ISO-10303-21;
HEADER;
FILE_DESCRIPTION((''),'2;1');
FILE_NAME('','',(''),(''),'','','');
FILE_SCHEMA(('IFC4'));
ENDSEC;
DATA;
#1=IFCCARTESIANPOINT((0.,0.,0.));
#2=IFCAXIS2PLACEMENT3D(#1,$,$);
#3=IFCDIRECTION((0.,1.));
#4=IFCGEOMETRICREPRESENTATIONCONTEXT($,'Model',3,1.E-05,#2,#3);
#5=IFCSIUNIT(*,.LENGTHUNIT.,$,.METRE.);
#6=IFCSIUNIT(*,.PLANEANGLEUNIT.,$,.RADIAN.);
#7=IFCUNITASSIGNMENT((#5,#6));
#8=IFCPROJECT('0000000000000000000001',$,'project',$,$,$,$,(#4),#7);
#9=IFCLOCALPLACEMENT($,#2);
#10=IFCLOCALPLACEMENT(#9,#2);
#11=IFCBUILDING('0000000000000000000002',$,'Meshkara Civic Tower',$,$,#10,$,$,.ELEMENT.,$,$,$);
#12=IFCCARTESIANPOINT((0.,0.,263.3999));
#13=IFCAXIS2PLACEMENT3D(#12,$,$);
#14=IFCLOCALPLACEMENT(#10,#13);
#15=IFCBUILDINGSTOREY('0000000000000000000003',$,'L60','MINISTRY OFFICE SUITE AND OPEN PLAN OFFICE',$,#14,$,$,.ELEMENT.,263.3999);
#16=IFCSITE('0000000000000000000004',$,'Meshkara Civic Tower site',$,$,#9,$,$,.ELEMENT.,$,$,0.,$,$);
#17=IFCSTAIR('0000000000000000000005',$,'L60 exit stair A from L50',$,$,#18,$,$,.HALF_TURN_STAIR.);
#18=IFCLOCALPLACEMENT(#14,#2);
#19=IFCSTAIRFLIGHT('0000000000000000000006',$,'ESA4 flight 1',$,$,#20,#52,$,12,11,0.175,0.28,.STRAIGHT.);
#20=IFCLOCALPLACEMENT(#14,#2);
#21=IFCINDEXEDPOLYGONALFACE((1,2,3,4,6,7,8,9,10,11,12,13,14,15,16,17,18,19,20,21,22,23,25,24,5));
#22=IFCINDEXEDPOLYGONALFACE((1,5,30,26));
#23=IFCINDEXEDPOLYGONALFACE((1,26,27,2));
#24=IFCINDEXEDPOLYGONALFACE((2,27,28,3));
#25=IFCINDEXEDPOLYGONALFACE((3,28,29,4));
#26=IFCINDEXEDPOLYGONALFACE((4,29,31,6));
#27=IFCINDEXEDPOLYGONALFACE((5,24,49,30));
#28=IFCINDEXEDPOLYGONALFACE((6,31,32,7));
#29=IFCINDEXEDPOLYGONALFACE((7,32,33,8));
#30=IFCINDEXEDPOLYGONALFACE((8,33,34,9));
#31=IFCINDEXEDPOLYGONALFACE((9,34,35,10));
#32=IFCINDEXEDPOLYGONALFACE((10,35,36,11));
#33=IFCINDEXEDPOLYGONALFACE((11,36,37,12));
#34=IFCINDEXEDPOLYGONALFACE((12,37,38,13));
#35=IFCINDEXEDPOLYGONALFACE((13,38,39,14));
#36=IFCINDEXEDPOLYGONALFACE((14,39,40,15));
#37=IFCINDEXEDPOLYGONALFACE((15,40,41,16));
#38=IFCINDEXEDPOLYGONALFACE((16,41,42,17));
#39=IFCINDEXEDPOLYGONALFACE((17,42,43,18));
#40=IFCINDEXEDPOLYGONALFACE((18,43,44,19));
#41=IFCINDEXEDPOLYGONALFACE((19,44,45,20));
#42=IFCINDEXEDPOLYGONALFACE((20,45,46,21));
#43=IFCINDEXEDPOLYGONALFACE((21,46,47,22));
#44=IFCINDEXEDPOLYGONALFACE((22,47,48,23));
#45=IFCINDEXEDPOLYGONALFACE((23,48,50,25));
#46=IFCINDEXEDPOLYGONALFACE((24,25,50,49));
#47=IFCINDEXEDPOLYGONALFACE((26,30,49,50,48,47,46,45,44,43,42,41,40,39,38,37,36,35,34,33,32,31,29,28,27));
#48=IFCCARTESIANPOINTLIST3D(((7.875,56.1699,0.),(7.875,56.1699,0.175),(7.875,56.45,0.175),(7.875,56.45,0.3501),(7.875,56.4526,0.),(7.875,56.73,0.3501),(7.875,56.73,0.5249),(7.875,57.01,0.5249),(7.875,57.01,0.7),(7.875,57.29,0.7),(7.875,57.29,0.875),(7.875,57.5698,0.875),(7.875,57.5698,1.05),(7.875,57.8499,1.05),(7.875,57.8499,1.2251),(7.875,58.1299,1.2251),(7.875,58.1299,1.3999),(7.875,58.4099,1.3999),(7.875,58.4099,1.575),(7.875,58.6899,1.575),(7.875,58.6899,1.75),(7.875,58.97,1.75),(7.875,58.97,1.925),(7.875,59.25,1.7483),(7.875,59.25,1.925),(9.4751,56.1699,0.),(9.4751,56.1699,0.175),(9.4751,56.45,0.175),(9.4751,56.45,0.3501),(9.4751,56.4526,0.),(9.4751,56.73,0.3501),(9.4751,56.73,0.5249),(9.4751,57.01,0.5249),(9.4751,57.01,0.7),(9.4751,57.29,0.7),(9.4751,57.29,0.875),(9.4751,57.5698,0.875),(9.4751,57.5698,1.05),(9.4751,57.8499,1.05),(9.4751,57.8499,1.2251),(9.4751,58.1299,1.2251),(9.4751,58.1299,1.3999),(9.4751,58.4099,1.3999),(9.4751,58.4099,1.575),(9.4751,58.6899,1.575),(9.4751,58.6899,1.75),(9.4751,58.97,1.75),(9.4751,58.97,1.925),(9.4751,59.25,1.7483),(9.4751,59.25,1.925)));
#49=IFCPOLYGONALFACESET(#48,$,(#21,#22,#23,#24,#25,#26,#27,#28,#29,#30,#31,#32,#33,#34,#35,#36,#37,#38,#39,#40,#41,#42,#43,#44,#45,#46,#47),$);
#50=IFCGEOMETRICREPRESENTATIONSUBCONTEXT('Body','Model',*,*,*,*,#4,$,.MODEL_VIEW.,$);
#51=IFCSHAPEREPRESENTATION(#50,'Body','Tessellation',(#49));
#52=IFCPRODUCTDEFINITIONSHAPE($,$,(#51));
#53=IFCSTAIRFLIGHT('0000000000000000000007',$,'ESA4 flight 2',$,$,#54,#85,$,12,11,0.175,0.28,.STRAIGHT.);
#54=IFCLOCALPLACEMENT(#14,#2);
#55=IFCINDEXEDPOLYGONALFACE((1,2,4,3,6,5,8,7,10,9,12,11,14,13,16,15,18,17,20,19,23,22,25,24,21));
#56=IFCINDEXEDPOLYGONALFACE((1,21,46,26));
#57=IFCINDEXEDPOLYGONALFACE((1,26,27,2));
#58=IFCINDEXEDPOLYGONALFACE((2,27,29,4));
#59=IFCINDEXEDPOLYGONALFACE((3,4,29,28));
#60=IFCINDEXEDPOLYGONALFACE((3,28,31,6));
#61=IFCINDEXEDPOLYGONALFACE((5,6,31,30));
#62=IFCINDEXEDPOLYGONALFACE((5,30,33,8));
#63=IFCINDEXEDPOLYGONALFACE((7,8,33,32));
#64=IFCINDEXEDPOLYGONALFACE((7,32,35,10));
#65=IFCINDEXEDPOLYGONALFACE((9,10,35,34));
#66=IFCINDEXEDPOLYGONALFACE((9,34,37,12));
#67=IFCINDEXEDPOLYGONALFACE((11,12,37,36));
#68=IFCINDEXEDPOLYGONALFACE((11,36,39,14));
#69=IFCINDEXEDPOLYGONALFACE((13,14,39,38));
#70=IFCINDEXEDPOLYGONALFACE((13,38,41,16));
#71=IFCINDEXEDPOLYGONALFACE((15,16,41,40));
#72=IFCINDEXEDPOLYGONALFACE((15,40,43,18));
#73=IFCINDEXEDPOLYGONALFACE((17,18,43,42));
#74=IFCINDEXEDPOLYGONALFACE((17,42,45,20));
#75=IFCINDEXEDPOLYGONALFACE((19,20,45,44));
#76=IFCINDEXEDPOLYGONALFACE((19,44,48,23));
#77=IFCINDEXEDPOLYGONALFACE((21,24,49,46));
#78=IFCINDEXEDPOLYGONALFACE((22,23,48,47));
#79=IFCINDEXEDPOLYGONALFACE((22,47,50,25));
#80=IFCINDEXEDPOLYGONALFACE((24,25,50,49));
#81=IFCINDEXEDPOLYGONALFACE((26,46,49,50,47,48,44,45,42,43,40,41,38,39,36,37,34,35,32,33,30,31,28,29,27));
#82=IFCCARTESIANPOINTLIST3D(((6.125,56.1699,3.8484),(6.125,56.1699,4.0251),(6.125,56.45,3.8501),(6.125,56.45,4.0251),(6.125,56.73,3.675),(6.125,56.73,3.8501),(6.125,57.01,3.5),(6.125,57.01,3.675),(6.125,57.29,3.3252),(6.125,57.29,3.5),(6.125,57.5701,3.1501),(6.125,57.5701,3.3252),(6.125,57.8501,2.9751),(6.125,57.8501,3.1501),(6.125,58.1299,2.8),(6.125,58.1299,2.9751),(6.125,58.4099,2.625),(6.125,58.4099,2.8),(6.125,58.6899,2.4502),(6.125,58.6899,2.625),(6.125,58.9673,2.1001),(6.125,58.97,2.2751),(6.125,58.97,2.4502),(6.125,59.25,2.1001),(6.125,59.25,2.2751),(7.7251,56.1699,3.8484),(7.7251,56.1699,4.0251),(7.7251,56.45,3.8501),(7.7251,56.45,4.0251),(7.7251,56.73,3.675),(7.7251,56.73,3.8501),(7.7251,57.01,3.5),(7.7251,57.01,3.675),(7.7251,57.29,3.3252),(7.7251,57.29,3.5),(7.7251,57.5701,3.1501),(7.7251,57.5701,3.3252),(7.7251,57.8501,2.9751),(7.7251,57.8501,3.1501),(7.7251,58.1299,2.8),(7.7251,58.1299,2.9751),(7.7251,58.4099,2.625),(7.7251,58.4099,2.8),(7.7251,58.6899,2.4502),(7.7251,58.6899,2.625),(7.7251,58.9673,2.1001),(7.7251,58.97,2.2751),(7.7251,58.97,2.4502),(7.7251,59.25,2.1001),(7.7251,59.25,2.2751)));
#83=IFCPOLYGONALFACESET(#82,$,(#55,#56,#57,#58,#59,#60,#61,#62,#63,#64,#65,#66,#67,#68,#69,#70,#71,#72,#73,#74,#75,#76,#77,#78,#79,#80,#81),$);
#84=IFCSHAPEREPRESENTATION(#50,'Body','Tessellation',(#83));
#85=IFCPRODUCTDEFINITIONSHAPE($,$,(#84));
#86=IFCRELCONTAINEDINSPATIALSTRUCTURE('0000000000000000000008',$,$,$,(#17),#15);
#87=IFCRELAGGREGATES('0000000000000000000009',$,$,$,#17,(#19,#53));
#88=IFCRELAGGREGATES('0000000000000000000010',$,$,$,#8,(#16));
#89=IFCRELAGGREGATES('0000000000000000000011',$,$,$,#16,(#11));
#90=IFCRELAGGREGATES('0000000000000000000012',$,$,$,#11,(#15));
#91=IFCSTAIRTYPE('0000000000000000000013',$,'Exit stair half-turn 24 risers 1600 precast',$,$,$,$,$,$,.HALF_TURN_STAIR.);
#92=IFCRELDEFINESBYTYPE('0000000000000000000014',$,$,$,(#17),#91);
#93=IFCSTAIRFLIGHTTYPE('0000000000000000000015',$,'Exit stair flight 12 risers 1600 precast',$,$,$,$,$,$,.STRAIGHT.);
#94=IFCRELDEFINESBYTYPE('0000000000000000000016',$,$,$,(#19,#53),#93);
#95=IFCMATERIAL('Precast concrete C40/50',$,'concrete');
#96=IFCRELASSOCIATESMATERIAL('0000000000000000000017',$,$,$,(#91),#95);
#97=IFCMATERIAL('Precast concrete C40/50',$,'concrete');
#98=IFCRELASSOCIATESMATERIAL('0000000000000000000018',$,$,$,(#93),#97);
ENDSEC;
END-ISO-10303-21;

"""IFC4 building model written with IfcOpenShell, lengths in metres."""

from ifc_helpers import new_model, si_unit, direction, frame, origin, place, context, subcontext, project, spatial, polyline, outline, extrude, material, type_object, element, aggregate, save


model = new_model("IFC4")

# Units and contexts
model_context = context("Model", 3, precision=1e-05, world=origin(), true_north=direction((0.0, 1.0)))
body_context = subcontext(model_context, "Body", "Model", "MODEL_VIEW")
ifc_project = project(units=[si_unit("LENGTHUNIT", "METRE"), si_unit("PLANEANGLEUNIT", "RADIAN")], contexts=[model_context])

# Site, building, storey
site_placement = place(None, origin())
site = spatial("IfcSite", under=ifc_project, at=site_placement, Name="Meshkara Civic Tower site", CompositionType="ELEMENT", RefElevation=0.0)
building_placement = place(site_placement, origin())
building = spatial("IfcBuilding", under=site, at=building_placement, Name="Meshkara Civic Tower", CompositionType="ELEMENT")
storey_placement = place(building_placement, frame((0.0, 0.0, 263.3999)))
storey = spatial("IfcBuildingStorey", under=building, at=storey_placement, Name="L60", Description="MINISTRY OFFICE SUITE AND OPEN PLAN OFFICE", CompositionType="ELEMENT", Elevation=263.3999)

# Stair, stair flights
ifc_material_1 = material(Name="Precast concrete C40/50", Category="concrete")
stair_type = type_object("IfcStairType", Name="Exit stair half-turn 24 risers 1600 precast", PredefinedType="HALF_TURN_STAIR", material=ifc_material_1)
stair_placement = place(storey_placement, origin())
stair = element("IfcStair", 1, at=stair_placement, inside=storey, type_object=stair_type, Name="L60 exit stair A from L50", PredefinedType="HALF_TURN_STAIR")
ifc_material_2 = material(Name="Precast concrete C40/50", Category="concrete")
stair_flight_type = type_object("IfcStairFlightType", Name="Exit stair flight 12 risers 1600 precast", PredefinedType="STRAIGHT", material=ifc_material_2)
stair_flight_1_placement = place(storey_placement, frame((8.675, 56.1699, 0.0), z_axis=(0.0, 0.0, 1.0), x_axis=(0.0, 1.0, 0.0)))
stair_flight_1 = element("IfcStairFlight", 2, at=stair_flight_1_placement, type_object=stair_flight_type, Name="ESA4 flight 1", NumberOfRisers=12, NumberOfTreads=11, PredefinedType="STRAIGHT", RiserHeight=0.175, TreadLength=0.28, context=body_context, shape_type="SweptSolid", body=[
    extrude(outline(polyline([(0.0, 0.0), (0.0, 0.175), (0.28, 0.175), (0.28, 0.3501), (0.5601, 0.3501), (0.5601, 0.5249), (0.8401, 0.5249), (0.8401, 0.7), (1.1201, 0.7), (1.1201, 0.875), (1.3999, 0.875), (1.3999, 1.05), (1.6799, 1.05), (1.6799, 1.2251), (1.96, 1.2251), (1.96, 1.3999), (2.24, 1.3999), (2.24, 1.575), (2.52, 1.575), (2.52, 1.75), (2.8, 1.75), (2.8, 1.925), (3.0801, 1.925), (3.0801, 2.1001), (3.0801, 1.7483), (0.2827, 0.0), (0.0, 0.0)])), frame((0.0, 0.8, 0.0), z_axis=(0.0, -1.0, 0.0), x_axis=(1.0, 0.0, 0.0)), (0.0, 0.0, 1.0), 1.6001),
])
stair_flight_2_placement = place(storey_placement, frame((6.925, 59.25, 2.1001), z_axis=(0.0, 0.0, 1.0), x_axis=(0.0, -1.0, 0.0)))
stair_flight_2 = element("IfcStairFlight", 3, at=stair_flight_2_placement, type_object=stair_flight_type, Name="ESA4 flight 2", NumberOfRisers=12, NumberOfTreads=11, PredefinedType="STRAIGHT", RiserHeight=0.175, TreadLength=0.28, context=body_context, shape_type="SweptSolid", body=[
    extrude(outline(polyline([(0.0, 0.0), (0.0, 0.175), (0.28, 0.175), (0.28, 0.3501), (0.5601, 0.3501), (0.5601, 0.5249), (0.8401, 0.5249), (0.8401, 0.7), (1.1201, 0.7), (1.1201, 0.875), (1.3999, 0.875), (1.3999, 1.05), (1.6799, 1.05), (1.6799, 1.2251), (1.96, 1.2251), (1.96, 1.3999), (2.24, 1.3999), (2.24, 1.575), (2.52, 1.575), (2.52, 1.75), (2.8, 1.75), (2.8, 1.925), (3.0801, 1.925), (3.0801, 2.1001), (3.0801, 1.7483), (0.2827, 0.0), (0.0, 0.0)])), frame((0.0, 0.8, 0.0), z_axis=(0.0, -1.0, 0.0), x_axis=(1.0, 0.0, 0.0)), (0.0, 0.0, 1.0), 1.6001),
])
aggregate(stair, [stair_flight_1, stair_flight_2])

save(model, "model.ifc")
